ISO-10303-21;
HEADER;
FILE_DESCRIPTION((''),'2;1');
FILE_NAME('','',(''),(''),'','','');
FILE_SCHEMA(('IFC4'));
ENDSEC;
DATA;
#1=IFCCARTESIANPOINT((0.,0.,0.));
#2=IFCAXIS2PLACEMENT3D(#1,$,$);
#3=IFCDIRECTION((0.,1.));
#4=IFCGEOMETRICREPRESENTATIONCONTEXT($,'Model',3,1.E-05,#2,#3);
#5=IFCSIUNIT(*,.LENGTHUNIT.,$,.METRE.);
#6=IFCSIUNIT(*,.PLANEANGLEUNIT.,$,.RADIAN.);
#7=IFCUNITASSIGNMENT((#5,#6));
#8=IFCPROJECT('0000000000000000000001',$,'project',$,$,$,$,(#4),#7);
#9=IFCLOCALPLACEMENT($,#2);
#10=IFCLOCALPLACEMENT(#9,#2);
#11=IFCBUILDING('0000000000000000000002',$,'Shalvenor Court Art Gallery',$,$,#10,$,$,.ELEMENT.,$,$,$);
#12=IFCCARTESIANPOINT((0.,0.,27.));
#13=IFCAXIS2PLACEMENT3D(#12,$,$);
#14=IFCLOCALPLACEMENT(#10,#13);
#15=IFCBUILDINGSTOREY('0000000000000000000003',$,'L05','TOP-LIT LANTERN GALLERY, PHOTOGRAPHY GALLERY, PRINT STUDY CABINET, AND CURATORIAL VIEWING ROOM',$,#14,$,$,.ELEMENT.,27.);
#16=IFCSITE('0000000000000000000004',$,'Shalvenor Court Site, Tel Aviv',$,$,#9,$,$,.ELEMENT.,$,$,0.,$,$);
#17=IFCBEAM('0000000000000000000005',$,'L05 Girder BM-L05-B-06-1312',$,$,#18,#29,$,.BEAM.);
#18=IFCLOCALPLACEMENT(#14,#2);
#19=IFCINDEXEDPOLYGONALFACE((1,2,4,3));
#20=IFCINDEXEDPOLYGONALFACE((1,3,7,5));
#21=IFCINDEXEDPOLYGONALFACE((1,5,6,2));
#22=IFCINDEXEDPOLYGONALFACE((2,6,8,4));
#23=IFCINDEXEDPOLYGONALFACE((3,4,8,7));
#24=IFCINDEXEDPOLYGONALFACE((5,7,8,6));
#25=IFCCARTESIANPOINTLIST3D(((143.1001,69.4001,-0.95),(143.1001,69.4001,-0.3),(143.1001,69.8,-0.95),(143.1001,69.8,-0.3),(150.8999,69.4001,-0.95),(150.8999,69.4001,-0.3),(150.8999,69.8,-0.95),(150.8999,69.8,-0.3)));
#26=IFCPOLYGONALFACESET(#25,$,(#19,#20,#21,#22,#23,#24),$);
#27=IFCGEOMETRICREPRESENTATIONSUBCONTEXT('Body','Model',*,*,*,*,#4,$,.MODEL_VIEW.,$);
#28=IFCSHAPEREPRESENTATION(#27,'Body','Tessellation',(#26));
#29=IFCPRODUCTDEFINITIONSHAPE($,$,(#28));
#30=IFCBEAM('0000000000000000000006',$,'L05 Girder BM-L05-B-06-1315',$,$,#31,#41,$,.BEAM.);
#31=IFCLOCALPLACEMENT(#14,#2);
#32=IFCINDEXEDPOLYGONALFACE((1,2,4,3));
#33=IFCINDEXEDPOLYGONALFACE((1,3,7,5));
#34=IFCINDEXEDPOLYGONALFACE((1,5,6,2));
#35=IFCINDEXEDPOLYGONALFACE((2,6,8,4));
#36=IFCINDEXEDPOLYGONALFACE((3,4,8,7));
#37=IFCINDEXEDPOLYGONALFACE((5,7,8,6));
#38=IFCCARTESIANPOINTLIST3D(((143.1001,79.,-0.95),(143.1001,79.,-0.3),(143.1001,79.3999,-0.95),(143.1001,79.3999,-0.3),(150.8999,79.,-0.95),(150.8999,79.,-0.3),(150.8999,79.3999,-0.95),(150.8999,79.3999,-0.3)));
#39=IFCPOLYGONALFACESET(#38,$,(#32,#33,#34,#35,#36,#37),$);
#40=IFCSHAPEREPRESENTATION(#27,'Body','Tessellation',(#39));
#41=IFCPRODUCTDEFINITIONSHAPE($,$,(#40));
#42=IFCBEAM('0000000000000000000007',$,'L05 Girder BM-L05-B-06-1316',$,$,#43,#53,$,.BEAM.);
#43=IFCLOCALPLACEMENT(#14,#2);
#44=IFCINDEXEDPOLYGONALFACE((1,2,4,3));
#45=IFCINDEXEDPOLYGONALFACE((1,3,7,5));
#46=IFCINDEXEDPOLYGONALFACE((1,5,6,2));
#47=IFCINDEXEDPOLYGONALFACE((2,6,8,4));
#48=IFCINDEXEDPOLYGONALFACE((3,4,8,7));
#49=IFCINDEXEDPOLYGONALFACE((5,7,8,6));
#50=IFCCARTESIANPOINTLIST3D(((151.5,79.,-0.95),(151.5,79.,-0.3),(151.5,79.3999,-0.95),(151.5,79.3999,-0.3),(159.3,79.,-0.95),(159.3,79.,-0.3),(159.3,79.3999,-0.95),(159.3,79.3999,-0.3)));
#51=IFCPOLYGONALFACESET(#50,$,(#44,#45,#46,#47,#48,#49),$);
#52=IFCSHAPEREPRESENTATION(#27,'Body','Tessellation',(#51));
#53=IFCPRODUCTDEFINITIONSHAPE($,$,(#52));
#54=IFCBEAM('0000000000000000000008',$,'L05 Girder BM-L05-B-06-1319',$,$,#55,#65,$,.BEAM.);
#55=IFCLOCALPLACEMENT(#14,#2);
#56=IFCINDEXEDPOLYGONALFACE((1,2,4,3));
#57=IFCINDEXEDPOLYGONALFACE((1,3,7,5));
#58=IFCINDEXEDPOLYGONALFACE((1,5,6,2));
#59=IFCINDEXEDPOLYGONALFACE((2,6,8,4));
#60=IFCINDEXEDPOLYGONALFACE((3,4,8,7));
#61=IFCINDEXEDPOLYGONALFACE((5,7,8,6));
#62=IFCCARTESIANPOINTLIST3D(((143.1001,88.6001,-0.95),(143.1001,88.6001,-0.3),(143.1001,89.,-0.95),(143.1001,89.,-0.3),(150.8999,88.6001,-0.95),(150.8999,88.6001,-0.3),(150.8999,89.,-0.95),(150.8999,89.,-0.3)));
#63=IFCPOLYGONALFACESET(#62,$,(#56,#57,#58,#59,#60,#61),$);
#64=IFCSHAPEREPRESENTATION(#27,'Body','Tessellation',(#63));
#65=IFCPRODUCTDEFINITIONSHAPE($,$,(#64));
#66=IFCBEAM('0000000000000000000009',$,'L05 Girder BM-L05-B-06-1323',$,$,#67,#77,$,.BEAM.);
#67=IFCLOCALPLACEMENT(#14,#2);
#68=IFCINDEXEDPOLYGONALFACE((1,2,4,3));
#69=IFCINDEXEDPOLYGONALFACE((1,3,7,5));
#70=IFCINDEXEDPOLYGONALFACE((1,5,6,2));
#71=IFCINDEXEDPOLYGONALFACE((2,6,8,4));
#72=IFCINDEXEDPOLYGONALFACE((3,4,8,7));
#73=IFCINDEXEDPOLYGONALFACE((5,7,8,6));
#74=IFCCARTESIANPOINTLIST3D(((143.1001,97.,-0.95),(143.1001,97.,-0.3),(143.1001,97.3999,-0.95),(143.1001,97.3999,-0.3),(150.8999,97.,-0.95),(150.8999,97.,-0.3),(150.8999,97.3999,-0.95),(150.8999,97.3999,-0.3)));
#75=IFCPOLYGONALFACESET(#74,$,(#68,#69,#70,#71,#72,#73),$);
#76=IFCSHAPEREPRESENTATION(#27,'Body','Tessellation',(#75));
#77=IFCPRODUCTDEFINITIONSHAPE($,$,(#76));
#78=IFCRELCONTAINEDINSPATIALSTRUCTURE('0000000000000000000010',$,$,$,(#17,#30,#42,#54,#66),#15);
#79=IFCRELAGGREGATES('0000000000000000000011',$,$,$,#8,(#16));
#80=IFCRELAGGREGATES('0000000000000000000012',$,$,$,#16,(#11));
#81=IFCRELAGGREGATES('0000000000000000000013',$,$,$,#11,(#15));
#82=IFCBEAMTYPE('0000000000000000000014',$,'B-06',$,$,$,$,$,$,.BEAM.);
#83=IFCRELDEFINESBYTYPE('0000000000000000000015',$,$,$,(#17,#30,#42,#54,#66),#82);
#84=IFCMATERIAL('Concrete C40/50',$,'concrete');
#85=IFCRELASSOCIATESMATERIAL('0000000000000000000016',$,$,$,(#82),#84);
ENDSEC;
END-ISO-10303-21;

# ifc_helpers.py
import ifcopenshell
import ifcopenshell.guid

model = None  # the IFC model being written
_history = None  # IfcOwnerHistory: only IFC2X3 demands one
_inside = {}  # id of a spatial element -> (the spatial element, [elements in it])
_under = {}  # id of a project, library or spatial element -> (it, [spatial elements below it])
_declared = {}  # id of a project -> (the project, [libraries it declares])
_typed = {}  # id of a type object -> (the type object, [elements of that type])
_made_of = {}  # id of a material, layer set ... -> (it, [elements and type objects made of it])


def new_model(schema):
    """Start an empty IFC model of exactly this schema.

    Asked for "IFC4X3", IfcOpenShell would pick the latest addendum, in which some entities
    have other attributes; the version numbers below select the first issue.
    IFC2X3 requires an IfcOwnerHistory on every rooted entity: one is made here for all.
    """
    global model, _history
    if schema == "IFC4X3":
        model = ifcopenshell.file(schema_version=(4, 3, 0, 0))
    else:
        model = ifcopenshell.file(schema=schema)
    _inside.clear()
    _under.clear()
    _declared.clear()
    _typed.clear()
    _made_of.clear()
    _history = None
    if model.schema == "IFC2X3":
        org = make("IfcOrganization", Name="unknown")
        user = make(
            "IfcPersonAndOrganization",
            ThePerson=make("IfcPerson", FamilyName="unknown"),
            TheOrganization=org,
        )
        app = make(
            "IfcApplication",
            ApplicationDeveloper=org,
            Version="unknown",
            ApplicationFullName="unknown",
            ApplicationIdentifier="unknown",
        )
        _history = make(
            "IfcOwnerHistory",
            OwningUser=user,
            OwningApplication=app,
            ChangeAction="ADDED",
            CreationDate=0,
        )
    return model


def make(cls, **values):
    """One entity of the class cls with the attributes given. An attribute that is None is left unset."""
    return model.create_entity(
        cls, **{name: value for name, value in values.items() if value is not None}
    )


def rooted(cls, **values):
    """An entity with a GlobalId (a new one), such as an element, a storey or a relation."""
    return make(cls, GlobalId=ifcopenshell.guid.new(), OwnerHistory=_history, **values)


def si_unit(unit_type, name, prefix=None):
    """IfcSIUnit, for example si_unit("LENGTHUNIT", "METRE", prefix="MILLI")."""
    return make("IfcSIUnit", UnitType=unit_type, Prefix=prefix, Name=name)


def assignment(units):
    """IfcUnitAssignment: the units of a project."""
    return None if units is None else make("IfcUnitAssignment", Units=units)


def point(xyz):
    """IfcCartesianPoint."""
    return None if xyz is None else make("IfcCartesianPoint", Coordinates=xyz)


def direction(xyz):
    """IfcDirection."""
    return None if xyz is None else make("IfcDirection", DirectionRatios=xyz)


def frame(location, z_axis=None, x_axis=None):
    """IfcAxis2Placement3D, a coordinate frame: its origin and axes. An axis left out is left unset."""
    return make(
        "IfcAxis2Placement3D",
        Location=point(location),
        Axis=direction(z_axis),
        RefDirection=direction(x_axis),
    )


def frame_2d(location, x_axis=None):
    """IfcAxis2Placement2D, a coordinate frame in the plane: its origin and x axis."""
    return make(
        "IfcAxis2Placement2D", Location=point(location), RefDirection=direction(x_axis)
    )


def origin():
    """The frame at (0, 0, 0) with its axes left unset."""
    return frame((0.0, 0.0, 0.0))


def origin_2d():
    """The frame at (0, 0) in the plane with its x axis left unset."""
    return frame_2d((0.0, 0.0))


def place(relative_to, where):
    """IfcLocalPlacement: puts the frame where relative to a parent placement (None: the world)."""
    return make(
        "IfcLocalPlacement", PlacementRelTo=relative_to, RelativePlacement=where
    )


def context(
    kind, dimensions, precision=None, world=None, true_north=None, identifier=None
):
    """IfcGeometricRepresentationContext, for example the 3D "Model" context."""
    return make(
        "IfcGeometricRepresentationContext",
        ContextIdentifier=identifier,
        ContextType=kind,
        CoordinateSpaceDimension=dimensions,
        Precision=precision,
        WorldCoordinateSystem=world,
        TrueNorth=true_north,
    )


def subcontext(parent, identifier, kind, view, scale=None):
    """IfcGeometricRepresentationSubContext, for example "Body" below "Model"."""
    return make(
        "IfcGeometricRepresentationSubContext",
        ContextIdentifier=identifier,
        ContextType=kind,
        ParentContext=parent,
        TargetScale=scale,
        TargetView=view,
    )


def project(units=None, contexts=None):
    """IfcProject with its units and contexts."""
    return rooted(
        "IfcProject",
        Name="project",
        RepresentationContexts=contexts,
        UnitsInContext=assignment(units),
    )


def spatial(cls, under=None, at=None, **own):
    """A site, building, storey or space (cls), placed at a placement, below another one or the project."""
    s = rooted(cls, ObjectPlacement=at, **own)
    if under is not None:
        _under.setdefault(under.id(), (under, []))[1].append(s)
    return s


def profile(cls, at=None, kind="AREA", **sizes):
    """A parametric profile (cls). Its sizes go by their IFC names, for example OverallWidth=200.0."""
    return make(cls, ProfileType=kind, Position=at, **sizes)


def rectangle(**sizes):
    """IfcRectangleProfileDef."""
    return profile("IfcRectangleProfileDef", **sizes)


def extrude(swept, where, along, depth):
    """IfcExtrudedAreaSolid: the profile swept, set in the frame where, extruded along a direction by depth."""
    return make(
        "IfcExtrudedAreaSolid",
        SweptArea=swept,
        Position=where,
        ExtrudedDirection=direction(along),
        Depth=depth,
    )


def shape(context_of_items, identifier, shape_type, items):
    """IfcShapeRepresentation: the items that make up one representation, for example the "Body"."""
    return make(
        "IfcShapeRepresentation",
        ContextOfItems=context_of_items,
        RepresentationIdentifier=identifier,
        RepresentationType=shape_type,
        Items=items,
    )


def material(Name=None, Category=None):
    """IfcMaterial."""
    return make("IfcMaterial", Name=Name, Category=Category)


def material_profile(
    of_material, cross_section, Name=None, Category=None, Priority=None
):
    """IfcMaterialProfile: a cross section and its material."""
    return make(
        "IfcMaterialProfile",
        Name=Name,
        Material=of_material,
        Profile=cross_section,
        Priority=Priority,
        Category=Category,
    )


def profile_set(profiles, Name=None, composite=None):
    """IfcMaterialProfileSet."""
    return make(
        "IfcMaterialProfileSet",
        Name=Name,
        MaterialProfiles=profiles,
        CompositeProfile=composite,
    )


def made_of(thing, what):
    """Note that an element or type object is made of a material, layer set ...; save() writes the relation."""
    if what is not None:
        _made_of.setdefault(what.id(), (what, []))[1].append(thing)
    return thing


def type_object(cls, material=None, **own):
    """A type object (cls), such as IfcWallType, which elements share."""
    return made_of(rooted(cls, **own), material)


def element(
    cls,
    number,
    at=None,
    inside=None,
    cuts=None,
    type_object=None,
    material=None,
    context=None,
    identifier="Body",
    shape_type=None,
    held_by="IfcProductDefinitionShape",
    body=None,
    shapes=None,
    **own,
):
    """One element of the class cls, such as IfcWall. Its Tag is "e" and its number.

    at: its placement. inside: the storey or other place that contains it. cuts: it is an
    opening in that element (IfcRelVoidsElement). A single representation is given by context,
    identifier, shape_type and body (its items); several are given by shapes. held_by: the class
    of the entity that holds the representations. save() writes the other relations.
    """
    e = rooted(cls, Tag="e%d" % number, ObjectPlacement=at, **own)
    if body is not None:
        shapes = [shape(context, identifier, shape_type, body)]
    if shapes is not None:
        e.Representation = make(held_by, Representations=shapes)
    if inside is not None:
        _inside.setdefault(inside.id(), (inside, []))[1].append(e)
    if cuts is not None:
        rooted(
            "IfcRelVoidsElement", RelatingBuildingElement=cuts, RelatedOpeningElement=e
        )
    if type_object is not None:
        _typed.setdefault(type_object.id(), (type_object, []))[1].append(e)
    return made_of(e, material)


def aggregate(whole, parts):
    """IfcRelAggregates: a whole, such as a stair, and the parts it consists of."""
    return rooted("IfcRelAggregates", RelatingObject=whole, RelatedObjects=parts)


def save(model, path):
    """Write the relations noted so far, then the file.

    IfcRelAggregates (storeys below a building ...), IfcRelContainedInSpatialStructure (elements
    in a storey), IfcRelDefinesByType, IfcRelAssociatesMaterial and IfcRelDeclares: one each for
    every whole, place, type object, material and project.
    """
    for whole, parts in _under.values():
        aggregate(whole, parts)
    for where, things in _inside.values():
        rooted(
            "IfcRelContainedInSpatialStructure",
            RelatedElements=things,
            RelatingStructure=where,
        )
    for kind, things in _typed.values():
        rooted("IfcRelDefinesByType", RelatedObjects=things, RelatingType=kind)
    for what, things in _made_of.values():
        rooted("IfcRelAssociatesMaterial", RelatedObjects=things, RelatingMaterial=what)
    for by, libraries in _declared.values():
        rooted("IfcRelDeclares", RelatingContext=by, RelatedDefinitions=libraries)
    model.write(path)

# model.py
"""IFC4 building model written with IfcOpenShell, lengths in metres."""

from ifc_helpers import new_model, si_unit, direction, frame, origin, origin_2d, place, context, subcontext, project, spatial, rectangle, extrude, material, material_profile, profile_set, type_object, element, save


model = new_model("IFC4")

# Units and contexts
model_context = context("Model", 3, precision=1e-05, world=origin(), true_north=direction((0.0, 1.0)))
body_context = subcontext(model_context, "Body", "Model", "MODEL_VIEW")
ifc_project = project(units=[si_unit("LENGTHUNIT", "METRE"), si_unit("PLANEANGLEUNIT", "RADIAN")], contexts=[model_context])

# Site, building, storey
site_placement = place(None, origin())
site = spatial("IfcSite", under=ifc_project, at=site_placement, Name="Shalvenor Court Site, Tel Aviv", CompositionType="ELEMENT", RefElevation=0.0)
building_placement = place(site_placement, origin())
building = spatial("IfcBuilding", under=site, at=building_placement, Name="Shalvenor Court Art Gallery", CompositionType="ELEMENT")
storey_placement = place(building_placement, frame((0.0, 0.0, 27.0)))
storey = spatial("IfcBuildingStorey", under=building, at=storey_placement, Name="L05", Description="TOP-LIT LANTERN GALLERY, PHOTOGRAPHY GALLERY, PRINT STUDY CABINET, AND CURATORIAL VIEWING ROOM", CompositionType="ELEMENT", Elevation=27.0)

# Beams
ifc_material_1 = material(Name="Concrete C40/50", Category="concrete")
ifc_material_profile_1 = material_profile(ifc_material_1, rectangle(XDim=0.3999, YDim=0.6499, at=origin_2d()), Name="RC 400x650")
ifc_profile_set_1 = profile_set([ifc_material_profile_1], Name="Concrete C40/50")
beam_type_1 = type_object("IfcBeamType", Name="B-06", PredefinedType="BEAM", material=ifc_profile_set_1)
for number, where, z_axis, x_axis, name in (
    (1, (143.1001, 69.6001, -0.625), (1.0, 0.0, 0.0), (0.0, 1.0, 0.0), "L05 Girder BM-L05-B-06-1312"),
    (2, (143.1001, 79.2, -0.625), (1.0, 0.0, 0.0), (0.0, 1.0, 0.0), "L05 Girder BM-L05-B-06-1315"),
):
    element("IfcBeam", number, at=place(storey_placement, frame(where, z_axis=z_axis, x_axis=x_axis)), inside=storey, type_object=beam_type_1, Name=name, PredefinedType="BEAM", context=body_context, shape_type="SweptSolid", body=[
        extrude(rectangle(XDim=0.3999, YDim=0.6499, at=origin_2d()), origin(), (0.0, 0.0, 1.0), 7.7998),
    ])
beam_1_placement = place(storey_placement, frame((151.5, 79.2, -0.625), z_axis=(1.0, 0.0, 0.0), x_axis=(0.0, 1.0, 0.0)))
element("IfcBeam", 3, at=beam_1_placement, inside=storey, type_object=beam_type_1, Name="L05 Girder BM-L05-B-06-1316", PredefinedType="BEAM", context=body_context, shape_type="SweptSolid", body=[
    extrude(rectangle(XDim=0.3999, YDim=0.6499, at=origin_2d()), origin(), (0.0, 0.0, 1.0), 7.8),
])
for number, where, z_axis, x_axis, name in (
    (4, (143.1001, 88.8, -0.625), (1.0, 0.0, 0.0), (0.0, 1.0, 0.0), "L05 Girder BM-L05-B-06-1319"),
    (5, (143.1001, 97.2, -0.625), (1.0, 0.0, 0.0), (0.0, 1.0, 0.0), "L05 Girder BM-L05-B-06-1323"),
):
    element("IfcBeam", number, at=place(storey_placement, frame(where, z_axis=z_axis, x_axis=x_axis)), inside=storey, type_object=beam_type_1, Name=name, PredefinedType="BEAM", context=body_context, shape_type="SweptSolid", body=[
        extrude(rectangle(XDim=0.3999, YDim=0.6499, at=origin_2d()), origin(), (0.0, 0.0, 1.0), 7.7998),
    ])

save(model, "model.ifc")
